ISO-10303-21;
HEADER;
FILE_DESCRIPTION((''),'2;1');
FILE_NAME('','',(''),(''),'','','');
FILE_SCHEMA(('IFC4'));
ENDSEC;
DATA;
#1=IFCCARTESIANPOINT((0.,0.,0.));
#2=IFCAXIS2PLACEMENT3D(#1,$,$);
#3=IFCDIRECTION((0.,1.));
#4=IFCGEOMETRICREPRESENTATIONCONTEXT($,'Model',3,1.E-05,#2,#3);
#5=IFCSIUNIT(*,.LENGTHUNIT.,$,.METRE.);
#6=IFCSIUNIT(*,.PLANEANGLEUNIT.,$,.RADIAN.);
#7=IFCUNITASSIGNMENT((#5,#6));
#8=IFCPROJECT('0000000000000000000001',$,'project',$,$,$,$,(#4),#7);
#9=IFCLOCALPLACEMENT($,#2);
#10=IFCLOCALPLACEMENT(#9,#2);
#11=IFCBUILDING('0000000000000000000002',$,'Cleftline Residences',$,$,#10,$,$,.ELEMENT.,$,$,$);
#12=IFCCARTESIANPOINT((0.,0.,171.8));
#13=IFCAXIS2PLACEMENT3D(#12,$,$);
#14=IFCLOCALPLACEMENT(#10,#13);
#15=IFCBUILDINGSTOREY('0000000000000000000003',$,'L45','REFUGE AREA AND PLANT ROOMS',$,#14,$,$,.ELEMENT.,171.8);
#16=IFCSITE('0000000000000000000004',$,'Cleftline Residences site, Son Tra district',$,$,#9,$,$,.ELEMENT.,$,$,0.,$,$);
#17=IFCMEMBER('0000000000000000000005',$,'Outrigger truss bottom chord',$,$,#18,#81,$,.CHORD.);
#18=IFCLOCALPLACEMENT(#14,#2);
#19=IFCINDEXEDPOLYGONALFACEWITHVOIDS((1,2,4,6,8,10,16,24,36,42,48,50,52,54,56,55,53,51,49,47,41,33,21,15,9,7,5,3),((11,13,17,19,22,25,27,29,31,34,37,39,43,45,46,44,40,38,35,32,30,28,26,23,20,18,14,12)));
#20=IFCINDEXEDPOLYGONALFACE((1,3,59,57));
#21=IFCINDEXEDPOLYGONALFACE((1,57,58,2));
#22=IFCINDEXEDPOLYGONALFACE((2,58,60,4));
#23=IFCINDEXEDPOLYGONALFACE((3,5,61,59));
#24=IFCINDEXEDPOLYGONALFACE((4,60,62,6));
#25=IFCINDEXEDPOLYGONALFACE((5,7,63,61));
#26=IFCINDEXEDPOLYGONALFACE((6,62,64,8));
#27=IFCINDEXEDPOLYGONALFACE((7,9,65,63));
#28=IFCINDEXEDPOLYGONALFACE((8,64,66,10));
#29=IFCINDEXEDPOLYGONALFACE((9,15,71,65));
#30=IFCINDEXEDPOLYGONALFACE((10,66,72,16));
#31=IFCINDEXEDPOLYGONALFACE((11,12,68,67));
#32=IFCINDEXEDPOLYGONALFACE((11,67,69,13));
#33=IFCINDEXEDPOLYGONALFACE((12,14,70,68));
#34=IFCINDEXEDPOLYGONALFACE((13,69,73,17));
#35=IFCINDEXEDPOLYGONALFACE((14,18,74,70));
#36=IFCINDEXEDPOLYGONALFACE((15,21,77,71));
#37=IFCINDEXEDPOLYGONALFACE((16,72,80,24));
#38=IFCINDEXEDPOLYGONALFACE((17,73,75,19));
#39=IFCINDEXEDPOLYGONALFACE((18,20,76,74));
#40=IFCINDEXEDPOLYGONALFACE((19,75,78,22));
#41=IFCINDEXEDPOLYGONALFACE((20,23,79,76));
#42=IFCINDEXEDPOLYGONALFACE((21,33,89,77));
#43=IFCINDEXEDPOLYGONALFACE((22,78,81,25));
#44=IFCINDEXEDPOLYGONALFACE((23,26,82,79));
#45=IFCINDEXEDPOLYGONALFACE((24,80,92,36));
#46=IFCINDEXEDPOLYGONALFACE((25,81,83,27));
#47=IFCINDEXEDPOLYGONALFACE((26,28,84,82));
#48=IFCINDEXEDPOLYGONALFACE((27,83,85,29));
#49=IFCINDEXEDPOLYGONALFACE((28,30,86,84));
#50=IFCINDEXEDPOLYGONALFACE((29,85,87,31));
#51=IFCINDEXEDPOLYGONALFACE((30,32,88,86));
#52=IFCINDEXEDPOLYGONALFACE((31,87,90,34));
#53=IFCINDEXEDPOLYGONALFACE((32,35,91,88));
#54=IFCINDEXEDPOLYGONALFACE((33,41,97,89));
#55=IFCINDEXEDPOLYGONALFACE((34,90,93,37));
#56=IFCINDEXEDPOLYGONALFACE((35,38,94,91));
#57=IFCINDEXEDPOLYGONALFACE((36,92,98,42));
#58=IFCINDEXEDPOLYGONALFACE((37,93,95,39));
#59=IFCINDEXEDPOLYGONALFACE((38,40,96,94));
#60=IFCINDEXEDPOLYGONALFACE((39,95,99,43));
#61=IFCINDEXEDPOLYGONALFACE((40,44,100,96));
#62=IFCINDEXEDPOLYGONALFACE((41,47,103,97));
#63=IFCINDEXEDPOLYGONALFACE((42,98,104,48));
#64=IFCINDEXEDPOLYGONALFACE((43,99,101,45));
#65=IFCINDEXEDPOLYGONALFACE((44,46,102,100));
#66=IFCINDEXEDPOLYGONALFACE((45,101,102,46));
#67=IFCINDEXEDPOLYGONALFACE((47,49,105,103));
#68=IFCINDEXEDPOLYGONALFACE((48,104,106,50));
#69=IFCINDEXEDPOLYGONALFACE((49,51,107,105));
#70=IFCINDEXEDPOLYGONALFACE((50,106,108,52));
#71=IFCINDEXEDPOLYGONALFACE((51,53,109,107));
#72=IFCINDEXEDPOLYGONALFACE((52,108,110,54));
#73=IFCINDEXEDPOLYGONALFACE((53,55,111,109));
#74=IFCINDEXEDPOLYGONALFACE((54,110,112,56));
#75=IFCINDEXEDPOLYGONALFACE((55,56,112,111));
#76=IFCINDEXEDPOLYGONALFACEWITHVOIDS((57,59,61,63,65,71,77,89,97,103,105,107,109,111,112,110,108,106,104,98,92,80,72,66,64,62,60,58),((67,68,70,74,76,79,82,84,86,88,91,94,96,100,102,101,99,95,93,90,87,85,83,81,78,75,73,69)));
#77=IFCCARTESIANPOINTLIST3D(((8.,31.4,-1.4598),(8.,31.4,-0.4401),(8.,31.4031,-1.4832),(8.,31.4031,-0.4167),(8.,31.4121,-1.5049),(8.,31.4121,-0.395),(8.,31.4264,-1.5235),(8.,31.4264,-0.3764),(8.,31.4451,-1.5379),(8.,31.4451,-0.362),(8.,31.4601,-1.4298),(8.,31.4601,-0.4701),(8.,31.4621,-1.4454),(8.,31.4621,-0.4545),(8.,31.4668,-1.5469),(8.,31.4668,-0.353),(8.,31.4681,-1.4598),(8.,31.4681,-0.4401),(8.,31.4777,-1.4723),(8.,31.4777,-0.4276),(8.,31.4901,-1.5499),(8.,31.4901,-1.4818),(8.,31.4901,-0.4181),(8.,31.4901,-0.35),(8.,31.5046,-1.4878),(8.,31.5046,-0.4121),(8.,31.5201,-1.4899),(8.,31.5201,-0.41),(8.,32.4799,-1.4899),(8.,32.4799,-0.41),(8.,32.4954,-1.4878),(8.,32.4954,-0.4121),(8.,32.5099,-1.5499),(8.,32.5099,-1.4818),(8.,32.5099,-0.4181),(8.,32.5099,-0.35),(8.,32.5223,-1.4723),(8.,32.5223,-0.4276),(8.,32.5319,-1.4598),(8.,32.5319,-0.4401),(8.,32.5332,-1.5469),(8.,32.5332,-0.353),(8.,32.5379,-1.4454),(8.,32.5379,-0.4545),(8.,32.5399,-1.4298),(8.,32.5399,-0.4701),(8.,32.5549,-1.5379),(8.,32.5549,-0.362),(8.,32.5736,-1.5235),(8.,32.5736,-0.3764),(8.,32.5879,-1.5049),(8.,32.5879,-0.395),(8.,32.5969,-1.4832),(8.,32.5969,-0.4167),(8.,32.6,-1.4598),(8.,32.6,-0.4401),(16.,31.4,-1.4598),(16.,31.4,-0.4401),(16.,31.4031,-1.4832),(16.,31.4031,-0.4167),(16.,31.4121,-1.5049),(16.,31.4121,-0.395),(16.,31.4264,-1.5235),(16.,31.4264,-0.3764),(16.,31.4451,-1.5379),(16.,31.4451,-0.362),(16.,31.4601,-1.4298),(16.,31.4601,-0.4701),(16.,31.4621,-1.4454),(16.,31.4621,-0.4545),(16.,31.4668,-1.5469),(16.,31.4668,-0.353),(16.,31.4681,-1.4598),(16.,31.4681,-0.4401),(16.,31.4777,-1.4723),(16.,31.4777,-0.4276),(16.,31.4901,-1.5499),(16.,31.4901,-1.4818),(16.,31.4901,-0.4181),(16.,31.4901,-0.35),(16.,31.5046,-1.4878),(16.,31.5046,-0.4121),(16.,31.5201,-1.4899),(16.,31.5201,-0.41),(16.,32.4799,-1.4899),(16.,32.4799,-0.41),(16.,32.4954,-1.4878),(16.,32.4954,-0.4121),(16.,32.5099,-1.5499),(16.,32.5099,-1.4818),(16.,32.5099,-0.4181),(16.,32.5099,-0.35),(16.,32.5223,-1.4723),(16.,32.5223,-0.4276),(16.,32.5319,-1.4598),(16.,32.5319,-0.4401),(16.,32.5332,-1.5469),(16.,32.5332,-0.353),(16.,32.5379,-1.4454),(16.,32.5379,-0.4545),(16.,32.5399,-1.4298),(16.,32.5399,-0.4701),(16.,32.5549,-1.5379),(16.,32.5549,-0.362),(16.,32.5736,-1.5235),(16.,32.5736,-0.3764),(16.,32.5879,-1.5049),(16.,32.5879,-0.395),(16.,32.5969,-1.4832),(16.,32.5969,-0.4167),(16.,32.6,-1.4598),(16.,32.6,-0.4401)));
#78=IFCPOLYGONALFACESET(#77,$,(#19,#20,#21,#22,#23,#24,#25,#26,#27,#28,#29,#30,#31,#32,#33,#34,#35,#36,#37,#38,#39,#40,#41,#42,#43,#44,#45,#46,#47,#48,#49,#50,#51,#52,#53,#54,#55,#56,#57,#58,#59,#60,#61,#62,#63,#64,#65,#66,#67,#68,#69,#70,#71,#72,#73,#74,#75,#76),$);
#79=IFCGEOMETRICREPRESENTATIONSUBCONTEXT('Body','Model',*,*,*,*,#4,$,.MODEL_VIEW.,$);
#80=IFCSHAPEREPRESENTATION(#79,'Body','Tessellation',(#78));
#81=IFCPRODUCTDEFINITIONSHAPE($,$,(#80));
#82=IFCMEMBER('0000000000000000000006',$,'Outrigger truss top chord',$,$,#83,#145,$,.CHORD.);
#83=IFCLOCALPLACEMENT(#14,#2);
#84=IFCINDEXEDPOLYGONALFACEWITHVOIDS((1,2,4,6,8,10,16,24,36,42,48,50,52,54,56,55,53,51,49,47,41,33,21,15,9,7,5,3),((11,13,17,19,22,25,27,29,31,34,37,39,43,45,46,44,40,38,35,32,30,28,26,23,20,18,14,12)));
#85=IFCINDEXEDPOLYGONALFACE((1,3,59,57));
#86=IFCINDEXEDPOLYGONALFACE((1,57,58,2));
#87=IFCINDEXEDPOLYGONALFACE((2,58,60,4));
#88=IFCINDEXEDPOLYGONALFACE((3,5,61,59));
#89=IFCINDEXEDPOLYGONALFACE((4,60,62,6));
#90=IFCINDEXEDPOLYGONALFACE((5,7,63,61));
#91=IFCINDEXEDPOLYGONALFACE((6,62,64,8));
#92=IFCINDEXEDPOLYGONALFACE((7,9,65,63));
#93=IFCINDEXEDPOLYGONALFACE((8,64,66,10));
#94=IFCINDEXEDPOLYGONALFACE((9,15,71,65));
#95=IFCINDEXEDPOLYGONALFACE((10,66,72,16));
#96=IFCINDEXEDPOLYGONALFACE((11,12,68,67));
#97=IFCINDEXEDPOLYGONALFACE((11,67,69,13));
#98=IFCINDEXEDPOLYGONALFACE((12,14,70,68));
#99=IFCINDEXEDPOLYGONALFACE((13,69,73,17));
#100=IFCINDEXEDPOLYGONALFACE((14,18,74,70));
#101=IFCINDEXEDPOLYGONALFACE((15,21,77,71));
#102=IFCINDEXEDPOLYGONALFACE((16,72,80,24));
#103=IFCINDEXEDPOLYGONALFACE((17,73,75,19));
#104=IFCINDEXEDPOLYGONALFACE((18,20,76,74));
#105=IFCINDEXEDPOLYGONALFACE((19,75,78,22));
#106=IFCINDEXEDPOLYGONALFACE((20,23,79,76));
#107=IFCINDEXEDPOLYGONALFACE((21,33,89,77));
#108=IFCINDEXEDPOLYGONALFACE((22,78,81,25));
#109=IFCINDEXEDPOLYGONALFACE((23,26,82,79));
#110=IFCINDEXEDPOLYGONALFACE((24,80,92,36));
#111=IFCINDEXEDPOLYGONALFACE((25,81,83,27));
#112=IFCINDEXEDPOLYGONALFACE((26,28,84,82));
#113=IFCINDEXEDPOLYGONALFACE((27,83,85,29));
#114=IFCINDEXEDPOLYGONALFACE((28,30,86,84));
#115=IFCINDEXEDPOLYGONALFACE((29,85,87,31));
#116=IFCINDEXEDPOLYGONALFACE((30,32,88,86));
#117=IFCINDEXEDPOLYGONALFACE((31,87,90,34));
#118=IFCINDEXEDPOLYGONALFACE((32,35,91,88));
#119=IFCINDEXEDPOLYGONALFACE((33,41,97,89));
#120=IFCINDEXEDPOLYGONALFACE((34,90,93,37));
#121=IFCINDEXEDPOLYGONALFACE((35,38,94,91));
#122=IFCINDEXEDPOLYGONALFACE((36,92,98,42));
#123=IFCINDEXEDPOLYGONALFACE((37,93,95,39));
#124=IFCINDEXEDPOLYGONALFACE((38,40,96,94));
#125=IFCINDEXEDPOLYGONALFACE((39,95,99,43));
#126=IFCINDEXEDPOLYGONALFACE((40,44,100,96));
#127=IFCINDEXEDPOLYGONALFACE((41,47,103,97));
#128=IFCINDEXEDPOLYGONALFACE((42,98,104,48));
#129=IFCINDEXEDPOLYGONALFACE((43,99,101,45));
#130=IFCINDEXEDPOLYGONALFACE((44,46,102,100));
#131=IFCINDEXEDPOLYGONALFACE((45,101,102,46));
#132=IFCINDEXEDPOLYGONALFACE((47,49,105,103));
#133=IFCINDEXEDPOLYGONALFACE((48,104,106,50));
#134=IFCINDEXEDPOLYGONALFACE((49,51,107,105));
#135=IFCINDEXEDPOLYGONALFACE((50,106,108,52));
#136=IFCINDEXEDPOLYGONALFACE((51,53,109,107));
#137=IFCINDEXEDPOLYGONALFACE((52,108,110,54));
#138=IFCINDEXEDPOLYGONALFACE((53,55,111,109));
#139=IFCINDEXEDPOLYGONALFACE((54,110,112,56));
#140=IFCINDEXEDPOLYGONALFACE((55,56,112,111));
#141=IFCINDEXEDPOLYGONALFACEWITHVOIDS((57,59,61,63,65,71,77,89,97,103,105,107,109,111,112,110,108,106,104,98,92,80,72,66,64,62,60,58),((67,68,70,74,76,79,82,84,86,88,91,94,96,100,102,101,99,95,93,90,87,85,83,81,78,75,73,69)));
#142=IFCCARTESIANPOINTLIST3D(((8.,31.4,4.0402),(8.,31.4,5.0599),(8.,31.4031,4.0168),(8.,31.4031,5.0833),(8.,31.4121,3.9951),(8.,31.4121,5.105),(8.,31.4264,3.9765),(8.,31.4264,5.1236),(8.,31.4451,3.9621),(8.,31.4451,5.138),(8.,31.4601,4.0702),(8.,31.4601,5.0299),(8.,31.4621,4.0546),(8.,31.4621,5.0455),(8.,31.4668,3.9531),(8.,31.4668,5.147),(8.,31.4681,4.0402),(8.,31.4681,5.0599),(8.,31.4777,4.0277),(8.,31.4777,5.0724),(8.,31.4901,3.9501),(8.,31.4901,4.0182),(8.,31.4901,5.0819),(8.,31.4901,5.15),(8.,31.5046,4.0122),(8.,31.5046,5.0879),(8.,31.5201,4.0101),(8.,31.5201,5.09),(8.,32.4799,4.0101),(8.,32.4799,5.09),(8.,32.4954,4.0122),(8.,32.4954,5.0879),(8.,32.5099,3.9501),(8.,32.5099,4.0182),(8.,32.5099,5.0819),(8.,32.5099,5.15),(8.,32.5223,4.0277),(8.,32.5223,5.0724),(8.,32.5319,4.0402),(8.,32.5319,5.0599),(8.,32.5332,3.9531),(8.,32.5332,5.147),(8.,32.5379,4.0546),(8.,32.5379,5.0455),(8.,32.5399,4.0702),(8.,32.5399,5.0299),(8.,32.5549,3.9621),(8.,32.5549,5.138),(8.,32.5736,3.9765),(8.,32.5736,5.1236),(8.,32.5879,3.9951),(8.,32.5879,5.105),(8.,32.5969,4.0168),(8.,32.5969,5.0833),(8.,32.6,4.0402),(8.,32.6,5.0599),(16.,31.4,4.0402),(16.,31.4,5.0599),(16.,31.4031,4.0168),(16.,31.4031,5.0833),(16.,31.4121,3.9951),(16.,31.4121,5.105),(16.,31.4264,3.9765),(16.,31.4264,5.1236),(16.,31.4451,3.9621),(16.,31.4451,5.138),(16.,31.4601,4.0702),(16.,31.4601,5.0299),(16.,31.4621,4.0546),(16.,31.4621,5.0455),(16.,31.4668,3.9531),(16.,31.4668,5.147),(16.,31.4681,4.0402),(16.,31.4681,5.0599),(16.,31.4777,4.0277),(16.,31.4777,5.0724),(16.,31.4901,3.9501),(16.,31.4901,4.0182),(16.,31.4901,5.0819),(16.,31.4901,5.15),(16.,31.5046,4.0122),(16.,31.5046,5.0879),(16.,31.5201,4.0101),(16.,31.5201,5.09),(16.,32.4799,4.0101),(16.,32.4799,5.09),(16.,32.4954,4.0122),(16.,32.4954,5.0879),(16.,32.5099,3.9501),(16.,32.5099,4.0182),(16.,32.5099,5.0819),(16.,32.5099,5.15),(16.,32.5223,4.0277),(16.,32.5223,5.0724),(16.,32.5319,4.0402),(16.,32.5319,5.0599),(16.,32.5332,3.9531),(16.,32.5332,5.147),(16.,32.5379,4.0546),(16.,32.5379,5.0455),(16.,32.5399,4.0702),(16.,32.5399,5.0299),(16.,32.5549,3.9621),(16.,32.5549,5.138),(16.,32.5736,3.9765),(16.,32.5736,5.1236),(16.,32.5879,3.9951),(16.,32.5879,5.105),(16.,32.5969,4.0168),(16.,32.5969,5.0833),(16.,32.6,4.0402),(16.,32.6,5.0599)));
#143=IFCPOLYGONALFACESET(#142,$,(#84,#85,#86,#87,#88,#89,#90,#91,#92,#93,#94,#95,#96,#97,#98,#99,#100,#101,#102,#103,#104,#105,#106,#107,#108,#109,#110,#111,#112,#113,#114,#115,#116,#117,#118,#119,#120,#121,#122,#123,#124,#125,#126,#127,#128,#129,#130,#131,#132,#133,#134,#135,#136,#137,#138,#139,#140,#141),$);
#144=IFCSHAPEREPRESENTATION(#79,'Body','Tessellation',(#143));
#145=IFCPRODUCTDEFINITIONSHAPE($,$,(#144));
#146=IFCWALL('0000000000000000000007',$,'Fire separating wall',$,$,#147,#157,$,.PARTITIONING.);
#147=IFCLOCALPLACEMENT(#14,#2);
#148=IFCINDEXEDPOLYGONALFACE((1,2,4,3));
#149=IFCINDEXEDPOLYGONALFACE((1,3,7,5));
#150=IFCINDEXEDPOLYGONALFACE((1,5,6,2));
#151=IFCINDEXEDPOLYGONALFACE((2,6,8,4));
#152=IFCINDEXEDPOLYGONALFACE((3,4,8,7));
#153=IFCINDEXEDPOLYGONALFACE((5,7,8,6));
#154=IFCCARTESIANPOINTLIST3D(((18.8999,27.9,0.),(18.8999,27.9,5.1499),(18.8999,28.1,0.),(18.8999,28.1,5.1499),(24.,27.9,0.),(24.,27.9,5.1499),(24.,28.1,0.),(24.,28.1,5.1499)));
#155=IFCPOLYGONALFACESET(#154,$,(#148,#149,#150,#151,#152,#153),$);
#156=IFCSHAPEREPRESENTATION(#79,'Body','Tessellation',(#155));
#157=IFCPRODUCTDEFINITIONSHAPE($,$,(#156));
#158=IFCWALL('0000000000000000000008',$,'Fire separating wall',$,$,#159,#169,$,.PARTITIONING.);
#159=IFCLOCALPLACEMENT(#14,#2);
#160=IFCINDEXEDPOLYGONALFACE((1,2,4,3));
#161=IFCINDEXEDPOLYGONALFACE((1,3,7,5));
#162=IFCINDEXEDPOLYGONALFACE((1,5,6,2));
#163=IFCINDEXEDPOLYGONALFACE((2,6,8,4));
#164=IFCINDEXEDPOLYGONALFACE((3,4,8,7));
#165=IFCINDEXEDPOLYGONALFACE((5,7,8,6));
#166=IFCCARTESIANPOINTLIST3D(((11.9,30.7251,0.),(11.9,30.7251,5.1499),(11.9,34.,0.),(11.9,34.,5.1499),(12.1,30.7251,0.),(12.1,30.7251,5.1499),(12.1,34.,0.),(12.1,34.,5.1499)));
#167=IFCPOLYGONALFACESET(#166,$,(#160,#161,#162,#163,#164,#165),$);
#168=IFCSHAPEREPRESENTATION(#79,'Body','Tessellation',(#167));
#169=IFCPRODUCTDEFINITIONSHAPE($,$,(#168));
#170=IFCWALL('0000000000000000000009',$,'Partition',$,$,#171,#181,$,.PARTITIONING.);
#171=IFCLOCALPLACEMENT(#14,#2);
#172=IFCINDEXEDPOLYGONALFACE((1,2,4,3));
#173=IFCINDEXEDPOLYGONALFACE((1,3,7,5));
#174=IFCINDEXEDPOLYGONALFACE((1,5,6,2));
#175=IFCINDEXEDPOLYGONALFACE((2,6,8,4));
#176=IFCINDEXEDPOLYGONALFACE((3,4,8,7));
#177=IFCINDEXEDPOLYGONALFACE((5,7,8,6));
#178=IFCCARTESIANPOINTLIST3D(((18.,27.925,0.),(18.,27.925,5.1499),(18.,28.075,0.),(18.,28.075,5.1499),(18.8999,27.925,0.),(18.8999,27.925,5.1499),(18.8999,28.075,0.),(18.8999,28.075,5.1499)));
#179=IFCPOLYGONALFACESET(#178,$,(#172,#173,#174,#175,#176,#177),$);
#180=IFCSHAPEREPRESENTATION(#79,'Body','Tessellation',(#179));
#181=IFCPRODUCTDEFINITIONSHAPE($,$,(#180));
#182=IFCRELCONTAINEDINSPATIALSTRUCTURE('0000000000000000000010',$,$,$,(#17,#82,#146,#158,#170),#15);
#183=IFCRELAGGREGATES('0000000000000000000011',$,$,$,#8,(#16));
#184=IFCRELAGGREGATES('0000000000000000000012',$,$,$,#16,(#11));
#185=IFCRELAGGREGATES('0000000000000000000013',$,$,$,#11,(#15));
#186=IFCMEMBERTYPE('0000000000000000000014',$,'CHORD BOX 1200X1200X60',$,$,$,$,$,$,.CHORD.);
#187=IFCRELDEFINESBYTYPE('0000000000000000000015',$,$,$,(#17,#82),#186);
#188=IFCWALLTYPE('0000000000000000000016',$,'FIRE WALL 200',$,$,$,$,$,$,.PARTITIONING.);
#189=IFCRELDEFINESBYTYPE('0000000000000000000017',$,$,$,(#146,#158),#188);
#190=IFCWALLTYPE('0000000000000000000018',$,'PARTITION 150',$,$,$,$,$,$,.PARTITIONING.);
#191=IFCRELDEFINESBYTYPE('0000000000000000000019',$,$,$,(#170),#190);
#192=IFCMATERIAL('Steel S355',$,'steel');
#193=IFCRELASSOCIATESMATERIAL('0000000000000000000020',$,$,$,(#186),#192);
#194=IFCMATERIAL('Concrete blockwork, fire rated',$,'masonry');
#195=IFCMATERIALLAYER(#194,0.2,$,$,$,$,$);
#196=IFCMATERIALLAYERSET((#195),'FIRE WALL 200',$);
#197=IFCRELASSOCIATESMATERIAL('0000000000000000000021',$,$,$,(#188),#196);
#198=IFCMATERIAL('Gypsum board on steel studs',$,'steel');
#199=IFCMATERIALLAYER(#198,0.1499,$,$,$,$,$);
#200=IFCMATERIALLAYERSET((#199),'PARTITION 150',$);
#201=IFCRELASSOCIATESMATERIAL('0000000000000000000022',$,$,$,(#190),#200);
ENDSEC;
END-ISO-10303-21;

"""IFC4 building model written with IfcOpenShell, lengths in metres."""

from ifc_helpers import new_model, si_unit, direction, frame, frame_2d, origin, origin_2d, place, context, subcontext, project, spatial, rectangle, hollow_rectangle, extrude, material, layer, layer_set, material_profile, profile_set, type_object, element, save


model = new_model("IFC4")

# Units and contexts
model_context = context("Model", 3, precision=1e-05, world=origin(), true_north=direction((0.0, 1.0)))
body_context = subcontext(model_context, "Body", "Model", "MODEL_VIEW")
ifc_project = project(units=[si_unit("LENGTHUNIT", "METRE"), si_unit("PLANEANGLEUNIT", "RADIAN")], contexts=[model_context])

# Site, building, storey
site_placement = place(None, origin())
site = spatial("IfcSite", under=ifc_project, at=site_placement, Name="Cleftline Residences site, Son Tra district", CompositionType="ELEMENT", RefElevation=0.0)
building_placement = place(site_placement, origin())
building = spatial("IfcBuilding", under=site, at=building_placement, Name="Cleftline Residences", CompositionType="ELEMENT")
storey_placement = place(building_placement, frame((0.0, 0.0, 171.8)))
storey = spatial("IfcBuildingStorey", under=building, at=storey_placement, Name="L45", Description="REFUGE AREA AND PLANT ROOMS", CompositionType="ELEMENT", Elevation=171.8)

# Members
ifc_material_1 = material(Name="Steel S355", Category="steel")
ifc_material_profile_1 = material_profile(ifc_material_1, hollow_rectangle(XDim=1.2, YDim=1.2, WallThickness=0.0601, InnerFilletRadius=0.0601, OuterFilletRadius=0.0901, at=origin_2d()))
ifc_profile_set_1 = profile_set([ifc_material_profile_1], Name="Steel S355")
member_type_1 = type_object("IfcMemberType", Name="CHORD BOX 1200X1200X60", PredefinedType="CHORD", material=ifc_profile_set_1)
for number, where, z_axis, x_axis, name in (
    (1, (16.0, 32.0, -0.95), (-1.0, 0.0, 0.0), (0.0, -1.0, 0.0), "Outrigger truss bottom chord"),
    (2, (16.0, 32.0, 4.55), (-1.0, 0.0, 0.0), (0.0, -1.0, 0.0), "Outrigger truss top chord"),
):
    element("IfcMember", number, at=place(storey_placement, frame(where, z_axis=z_axis, x_axis=x_axis)), inside=storey, type_object=member_type_1, Name=name, PredefinedType="CHORD", context=body_context, shape_type="SweptSolid", body=[
        extrude(hollow_rectangle(XDim=1.2, YDim=1.2, WallThickness=0.0601, InnerFilletRadius=0.0601, OuterFilletRadius=0.0901, at=origin_2d()), origin(), (0.0, 0.0, 1.0), 8.0),
    ])

# Walls
ifc_material_2 = material(Name="Concrete blockwork, fire rated", Category="masonry")
ifc_layer_1 = layer(ifc_material_2, 0.2)
ifc_layer_set_1 = layer_set([ifc_layer_1], Name="FIRE WALL 200")
wall_type_1 = type_object("IfcWallType", Name="FIRE WALL 200", PredefinedType="PARTITIONING", material=ifc_layer_set_1)
wall_1_placement = place(storey_placement, frame((18.8999, 28.0, 0.0), z_axis=(0.0, 0.0, 1.0), x_axis=(1.0, 0.0, 0.0)))
element("IfcWall", 3, at=wall_1_placement, inside=storey, type_object=wall_type_1, Name="Fire separating wall", PredefinedType="PARTITIONING", context=body_context, shape_type="SweptSolid", body=[
    extrude(rectangle(XDim=5.1001, YDim=0.2, at=frame_2d((2.55, 0.0))), origin(), (0.0, 0.0, 1.0), 5.1499),
])
wall_2_placement = place(storey_placement, frame((12.0, 30.7251, 0.0), z_axis=(0.0, 0.0, 1.0), x_axis=(0.0, 1.0, 0.0)))
element("IfcWall", 4, at=wall_2_placement, inside=storey, type_object=wall_type_1, Name="Fire separating wall", PredefinedType="PARTITIONING", context=body_context, shape_type="SweptSolid", body=[
    extrude(rectangle(XDim=3.2749, YDim=0.2, at=frame_2d((1.6375, 0.0))), origin(), (0.0, 0.0, 1.0), 5.1499),
])
ifc_material_3 = material(Name="Gypsum board on steel studs", Category="steel")
ifc_layer_2 = layer(ifc_material_3, 0.1499)
ifc_layer_set_2 = layer_set([ifc_layer_2], Name="PARTITION 150")
wall_type_2 = type_object("IfcWallType", Name="PARTITION 150", PredefinedType="PARTITIONING", material=ifc_layer_set_2)
wall_3_placement = place(storey_placement, frame((18.0, 28.0, 0.0), z_axis=(0.0, 0.0, 1.0), x_axis=(1.0, 0.0, 0.0)))
element("IfcWall", 5, at=wall_3_placement, inside=storey, type_object=wall_type_2, Name="Partition", PredefinedType="PARTITIONING", context=body_context, shape_type="SweptSolid", body=[
    extrude(rectangle(XDim=0.8999, YDim=0.1499, at=frame_2d((0.45, 0.0))), origin(), (0.0, 0.0, 1.0), 5.1499),
])

save(model, "model.ifc")
